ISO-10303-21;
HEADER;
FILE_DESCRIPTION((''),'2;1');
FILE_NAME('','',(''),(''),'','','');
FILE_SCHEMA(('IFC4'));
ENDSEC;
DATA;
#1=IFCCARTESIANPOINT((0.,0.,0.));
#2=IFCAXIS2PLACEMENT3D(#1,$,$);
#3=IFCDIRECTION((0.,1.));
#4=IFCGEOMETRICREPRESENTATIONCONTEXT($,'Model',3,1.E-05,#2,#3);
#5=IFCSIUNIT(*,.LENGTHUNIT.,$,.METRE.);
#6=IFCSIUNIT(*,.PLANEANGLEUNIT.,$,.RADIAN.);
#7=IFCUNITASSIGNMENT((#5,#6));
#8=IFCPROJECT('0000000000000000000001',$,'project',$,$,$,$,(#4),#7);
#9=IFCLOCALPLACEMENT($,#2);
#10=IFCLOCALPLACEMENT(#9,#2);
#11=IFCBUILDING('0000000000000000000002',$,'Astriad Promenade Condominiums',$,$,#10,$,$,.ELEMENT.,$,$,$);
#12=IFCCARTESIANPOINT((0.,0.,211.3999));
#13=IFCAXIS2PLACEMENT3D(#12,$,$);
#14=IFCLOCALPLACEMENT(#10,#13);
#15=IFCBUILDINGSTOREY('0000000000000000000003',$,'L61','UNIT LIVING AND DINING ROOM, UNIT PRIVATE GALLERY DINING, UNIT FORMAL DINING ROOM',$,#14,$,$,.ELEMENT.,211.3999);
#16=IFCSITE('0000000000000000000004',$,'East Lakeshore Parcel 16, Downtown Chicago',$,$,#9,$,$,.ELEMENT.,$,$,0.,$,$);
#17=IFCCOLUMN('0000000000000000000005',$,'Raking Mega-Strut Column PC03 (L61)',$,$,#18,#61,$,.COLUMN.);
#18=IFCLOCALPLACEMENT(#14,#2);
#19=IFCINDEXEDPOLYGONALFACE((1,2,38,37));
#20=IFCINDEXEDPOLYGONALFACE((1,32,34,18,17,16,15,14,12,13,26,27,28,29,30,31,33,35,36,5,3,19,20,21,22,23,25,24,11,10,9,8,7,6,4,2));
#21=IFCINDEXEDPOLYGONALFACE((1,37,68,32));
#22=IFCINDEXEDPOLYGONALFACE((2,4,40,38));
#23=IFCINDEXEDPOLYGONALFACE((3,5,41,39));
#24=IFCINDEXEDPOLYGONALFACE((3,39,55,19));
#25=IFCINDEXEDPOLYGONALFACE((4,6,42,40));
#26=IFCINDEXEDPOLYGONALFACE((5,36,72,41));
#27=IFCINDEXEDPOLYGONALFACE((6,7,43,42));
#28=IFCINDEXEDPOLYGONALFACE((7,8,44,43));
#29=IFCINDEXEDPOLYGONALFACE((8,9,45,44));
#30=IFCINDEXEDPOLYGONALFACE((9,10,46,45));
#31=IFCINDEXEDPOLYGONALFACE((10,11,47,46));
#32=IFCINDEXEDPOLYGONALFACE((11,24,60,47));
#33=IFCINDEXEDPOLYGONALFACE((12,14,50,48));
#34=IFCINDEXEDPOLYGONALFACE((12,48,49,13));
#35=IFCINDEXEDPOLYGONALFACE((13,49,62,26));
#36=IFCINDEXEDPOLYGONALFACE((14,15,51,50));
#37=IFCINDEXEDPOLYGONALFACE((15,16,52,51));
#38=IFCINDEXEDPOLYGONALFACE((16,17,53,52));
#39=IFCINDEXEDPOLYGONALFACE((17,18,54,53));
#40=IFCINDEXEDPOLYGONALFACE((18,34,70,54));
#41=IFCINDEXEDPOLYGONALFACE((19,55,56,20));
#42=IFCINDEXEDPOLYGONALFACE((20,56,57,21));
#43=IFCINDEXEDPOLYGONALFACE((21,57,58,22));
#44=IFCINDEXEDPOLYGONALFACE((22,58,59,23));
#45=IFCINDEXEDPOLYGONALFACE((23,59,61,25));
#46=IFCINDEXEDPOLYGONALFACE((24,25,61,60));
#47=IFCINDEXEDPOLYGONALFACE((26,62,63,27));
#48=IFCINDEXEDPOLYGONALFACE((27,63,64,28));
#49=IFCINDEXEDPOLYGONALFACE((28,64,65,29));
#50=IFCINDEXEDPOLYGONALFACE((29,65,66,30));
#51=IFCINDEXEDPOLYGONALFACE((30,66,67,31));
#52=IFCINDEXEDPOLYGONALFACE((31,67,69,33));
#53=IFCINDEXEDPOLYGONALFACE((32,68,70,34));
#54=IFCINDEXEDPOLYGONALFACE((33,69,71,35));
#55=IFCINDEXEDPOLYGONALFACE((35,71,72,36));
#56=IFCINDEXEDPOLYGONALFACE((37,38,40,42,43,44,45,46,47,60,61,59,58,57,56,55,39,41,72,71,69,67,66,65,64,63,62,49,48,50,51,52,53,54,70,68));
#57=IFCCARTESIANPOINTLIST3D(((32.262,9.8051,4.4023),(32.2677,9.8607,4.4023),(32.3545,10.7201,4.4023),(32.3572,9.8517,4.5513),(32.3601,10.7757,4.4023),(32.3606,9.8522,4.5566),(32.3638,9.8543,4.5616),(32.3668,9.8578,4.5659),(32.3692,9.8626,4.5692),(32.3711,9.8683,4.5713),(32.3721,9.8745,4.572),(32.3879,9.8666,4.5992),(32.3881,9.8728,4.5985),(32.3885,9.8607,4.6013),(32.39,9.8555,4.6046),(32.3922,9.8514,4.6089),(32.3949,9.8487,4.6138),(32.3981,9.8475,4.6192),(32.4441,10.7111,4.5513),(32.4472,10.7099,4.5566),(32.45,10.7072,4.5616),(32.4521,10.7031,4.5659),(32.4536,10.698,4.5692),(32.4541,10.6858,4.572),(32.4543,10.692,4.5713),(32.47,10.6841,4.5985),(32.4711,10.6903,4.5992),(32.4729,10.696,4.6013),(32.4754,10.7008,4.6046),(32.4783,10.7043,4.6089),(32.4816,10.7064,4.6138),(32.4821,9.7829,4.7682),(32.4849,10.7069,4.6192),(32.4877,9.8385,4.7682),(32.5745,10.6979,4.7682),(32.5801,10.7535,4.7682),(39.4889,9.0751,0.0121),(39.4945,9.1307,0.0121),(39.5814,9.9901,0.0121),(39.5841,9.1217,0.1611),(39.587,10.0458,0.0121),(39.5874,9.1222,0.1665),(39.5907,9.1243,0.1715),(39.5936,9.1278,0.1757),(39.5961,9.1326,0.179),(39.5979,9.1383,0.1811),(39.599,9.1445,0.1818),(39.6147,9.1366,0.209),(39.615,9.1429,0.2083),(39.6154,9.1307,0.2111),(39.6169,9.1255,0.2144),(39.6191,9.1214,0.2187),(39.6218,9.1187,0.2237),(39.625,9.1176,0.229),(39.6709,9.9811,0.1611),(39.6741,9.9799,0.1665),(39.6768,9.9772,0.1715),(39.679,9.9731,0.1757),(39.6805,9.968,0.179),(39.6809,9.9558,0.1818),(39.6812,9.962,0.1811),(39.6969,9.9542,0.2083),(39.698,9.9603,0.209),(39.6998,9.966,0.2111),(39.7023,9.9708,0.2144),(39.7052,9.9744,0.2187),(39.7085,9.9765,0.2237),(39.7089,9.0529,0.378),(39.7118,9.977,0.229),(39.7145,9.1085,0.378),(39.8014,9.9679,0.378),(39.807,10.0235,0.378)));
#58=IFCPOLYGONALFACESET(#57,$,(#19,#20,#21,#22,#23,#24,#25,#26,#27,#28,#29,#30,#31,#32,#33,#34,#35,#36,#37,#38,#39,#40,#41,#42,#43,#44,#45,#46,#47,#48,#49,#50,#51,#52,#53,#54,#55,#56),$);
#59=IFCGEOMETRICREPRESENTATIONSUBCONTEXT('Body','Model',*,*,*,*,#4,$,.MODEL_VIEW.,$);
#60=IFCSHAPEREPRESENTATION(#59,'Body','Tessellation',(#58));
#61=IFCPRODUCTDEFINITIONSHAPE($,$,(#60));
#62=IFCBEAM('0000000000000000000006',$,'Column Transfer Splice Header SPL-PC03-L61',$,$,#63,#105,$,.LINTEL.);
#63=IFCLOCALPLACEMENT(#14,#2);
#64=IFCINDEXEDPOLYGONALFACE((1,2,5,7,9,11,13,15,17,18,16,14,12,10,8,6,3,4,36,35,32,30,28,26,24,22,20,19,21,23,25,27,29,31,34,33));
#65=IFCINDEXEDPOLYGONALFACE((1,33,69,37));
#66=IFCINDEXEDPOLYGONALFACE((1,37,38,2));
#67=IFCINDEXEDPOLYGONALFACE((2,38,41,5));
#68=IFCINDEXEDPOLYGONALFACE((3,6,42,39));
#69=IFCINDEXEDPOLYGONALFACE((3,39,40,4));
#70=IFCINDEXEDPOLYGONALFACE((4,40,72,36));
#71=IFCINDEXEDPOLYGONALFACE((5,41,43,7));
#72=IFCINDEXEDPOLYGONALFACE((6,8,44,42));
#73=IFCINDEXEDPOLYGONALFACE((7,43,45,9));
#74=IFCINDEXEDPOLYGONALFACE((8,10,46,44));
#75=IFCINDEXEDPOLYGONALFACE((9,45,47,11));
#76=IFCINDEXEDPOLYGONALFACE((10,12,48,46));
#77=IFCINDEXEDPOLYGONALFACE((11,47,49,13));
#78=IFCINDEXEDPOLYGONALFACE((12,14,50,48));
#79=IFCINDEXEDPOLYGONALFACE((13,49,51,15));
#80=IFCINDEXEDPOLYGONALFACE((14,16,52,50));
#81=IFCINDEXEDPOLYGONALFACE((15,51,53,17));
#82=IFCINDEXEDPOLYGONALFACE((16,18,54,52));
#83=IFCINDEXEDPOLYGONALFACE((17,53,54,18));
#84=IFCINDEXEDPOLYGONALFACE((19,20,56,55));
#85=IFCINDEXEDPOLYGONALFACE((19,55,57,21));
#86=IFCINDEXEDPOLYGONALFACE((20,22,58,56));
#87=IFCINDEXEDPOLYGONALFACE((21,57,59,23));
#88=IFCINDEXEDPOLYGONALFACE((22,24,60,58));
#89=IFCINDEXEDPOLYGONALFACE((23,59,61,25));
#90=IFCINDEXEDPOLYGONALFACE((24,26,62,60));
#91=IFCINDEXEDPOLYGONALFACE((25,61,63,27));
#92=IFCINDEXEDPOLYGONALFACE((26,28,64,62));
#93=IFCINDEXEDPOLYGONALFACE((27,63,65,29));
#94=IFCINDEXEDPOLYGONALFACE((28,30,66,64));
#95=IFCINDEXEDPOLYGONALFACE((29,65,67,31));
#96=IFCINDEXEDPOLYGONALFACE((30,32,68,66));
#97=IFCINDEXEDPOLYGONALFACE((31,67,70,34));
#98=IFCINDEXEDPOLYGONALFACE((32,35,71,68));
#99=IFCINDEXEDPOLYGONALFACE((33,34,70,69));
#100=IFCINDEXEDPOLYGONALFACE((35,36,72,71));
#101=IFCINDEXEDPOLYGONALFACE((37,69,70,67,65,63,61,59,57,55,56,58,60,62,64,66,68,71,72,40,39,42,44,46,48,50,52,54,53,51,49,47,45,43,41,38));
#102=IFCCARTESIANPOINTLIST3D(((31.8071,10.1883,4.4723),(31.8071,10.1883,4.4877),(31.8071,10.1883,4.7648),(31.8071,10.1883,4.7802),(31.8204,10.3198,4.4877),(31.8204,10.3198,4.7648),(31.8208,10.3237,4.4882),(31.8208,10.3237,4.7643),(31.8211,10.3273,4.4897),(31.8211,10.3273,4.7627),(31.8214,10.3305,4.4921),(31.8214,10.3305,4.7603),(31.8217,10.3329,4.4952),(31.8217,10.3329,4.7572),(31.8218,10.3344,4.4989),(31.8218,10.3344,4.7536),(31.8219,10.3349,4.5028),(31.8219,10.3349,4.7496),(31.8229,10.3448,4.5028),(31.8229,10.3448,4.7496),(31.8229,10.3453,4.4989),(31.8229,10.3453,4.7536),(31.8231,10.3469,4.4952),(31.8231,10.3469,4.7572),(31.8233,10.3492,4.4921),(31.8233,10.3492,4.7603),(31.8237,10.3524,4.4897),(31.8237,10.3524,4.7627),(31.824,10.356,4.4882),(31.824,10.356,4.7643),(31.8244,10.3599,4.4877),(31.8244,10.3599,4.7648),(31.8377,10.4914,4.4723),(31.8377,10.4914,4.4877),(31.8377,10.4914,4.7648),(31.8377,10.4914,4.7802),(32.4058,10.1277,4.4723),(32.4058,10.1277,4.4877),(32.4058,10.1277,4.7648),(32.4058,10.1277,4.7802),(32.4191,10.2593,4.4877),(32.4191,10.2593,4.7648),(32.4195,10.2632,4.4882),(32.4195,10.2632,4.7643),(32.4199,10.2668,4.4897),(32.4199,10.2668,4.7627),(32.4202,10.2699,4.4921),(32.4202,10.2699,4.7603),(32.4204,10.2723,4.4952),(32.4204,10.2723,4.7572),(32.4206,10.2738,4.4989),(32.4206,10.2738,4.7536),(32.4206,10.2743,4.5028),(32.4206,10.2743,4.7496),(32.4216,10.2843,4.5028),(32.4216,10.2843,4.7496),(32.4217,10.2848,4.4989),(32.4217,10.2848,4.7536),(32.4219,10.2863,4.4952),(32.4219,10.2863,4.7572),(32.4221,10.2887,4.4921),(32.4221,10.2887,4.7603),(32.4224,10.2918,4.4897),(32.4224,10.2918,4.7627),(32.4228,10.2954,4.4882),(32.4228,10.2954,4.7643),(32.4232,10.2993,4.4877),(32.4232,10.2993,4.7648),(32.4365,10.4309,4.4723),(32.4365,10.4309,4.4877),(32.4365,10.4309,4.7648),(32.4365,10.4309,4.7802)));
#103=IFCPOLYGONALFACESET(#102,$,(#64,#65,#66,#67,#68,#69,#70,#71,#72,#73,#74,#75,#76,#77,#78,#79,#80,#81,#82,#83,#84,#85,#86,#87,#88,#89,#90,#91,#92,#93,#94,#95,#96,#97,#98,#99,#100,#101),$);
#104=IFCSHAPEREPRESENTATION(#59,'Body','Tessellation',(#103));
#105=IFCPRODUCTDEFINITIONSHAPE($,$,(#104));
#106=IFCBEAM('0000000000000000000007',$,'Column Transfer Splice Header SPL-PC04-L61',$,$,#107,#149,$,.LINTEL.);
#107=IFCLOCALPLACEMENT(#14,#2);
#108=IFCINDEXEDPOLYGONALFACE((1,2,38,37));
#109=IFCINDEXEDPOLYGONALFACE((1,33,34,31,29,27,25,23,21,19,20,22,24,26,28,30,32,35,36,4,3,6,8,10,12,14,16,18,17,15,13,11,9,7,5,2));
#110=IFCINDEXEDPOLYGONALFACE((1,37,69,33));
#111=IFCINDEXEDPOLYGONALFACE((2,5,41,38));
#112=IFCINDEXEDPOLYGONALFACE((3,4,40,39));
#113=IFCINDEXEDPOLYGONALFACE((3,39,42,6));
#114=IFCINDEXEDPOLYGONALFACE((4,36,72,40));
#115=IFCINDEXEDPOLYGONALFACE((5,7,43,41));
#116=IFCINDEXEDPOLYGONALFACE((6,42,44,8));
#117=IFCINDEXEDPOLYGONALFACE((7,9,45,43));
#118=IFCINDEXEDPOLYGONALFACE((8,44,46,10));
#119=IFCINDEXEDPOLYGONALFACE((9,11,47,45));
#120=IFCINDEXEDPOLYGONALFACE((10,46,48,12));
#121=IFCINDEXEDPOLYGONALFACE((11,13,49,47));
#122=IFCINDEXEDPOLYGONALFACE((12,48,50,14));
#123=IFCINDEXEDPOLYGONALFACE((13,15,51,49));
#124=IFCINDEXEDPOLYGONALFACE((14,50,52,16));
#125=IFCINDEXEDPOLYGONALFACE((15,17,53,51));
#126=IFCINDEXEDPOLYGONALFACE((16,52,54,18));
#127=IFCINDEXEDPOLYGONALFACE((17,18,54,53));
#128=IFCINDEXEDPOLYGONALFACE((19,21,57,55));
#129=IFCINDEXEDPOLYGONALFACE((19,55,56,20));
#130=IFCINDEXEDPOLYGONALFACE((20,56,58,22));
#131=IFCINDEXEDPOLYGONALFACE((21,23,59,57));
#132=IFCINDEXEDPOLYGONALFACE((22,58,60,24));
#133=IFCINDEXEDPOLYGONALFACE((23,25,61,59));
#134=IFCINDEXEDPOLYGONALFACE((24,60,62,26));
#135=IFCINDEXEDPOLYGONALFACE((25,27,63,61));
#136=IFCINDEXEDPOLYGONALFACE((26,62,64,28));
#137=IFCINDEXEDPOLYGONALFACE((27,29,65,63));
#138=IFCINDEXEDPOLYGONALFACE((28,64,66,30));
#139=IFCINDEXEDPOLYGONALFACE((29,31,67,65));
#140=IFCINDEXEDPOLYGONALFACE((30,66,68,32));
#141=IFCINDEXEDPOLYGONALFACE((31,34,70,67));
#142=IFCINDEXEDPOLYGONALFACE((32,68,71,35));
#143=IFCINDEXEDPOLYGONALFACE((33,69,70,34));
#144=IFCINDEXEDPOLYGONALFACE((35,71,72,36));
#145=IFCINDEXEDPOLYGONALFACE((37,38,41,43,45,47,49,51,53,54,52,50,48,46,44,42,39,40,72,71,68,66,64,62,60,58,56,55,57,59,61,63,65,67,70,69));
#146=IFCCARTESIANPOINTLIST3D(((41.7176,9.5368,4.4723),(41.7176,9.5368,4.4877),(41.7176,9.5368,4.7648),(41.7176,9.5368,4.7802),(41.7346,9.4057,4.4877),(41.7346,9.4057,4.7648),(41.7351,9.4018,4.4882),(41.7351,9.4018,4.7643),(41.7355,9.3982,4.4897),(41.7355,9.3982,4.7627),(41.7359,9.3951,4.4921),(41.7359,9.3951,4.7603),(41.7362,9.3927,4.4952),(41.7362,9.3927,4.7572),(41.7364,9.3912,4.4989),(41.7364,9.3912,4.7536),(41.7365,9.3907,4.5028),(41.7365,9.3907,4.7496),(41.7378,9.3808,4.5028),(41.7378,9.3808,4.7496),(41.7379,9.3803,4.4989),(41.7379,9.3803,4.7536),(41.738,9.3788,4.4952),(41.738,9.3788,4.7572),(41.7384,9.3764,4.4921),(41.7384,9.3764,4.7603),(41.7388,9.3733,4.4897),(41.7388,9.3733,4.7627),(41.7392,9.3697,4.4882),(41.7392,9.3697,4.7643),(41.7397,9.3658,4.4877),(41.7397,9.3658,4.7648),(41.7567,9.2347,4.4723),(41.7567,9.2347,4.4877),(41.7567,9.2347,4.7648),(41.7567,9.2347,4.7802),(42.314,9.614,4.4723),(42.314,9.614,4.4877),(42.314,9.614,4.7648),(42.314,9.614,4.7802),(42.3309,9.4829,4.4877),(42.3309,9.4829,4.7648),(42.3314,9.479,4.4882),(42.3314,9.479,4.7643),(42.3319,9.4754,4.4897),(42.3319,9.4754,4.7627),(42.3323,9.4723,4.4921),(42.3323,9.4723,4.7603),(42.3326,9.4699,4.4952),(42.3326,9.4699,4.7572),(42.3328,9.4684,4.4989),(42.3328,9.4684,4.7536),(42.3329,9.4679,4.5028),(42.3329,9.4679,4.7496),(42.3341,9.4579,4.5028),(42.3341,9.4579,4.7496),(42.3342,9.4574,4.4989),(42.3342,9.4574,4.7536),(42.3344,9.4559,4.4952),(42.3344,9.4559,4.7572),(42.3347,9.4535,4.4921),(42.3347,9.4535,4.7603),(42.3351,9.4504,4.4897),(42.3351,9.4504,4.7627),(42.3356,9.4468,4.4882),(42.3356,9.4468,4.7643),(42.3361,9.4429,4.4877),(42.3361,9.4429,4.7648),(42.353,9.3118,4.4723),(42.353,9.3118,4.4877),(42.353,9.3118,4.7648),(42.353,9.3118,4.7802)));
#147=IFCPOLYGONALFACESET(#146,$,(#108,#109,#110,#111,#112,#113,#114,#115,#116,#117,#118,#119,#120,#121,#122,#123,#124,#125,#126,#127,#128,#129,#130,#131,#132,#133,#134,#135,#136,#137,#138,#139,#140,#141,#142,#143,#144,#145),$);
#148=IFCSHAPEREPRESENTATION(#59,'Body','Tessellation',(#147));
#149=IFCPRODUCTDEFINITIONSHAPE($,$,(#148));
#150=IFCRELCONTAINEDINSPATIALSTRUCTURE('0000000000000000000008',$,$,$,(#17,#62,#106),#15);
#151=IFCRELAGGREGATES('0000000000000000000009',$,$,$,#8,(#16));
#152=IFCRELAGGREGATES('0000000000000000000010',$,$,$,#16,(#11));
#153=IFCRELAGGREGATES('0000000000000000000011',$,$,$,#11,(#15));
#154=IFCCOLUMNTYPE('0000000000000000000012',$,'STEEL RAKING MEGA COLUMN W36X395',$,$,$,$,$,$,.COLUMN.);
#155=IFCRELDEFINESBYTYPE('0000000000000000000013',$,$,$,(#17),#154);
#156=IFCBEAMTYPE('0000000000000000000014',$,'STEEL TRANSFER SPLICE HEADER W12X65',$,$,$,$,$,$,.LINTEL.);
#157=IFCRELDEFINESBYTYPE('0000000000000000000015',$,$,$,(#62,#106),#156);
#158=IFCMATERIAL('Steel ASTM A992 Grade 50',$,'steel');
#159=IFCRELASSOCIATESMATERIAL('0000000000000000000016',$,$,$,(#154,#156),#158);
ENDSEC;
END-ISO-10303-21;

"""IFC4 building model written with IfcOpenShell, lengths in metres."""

from ifc_helpers import new_model, si_unit, direction, frame, origin, origin_2d, place, context, subcontext, project, spatial, i_section, extrude, source, transform, mapped, material, material_profile, profile_set, type_object, type_shapes, element, save


model = new_model("IFC4")

# Units and contexts
model_context = context("Model", 3, precision=1e-05, world=origin(), true_north=direction((0.0, 1.0)))
body_context = subcontext(model_context, "Body", "Model", "MODEL_VIEW")
ifc_project = project(units=[si_unit("LENGTHUNIT", "METRE"), si_unit("PLANEANGLEUNIT", "RADIAN")], contexts=[model_context])

# Site, building, storey
site_placement = place(None, origin())
site = spatial("IfcSite", under=ifc_project, at=site_placement, Name="East Lakeshore Parcel 16, Downtown Chicago", CompositionType="ELEMENT", RefElevation=0.0)
building_placement = place(site_placement, origin())
building = spatial("IfcBuilding", under=site, at=building_placement, Name="Astriad Promenade Condominiums", CompositionType="ELEMENT")
storey_placement = place(building_placement, frame((0.0, 0.0, 211.3999)))
storey = spatial("IfcBuildingStorey", under=building, at=storey_placement, Name="L61", Description="UNIT LIVING AND DINING ROOM, UNIT PRIVATE GALLERY DINING, UNIT FORMAL DINING ROOM", CompositionType="ELEMENT", Elevation=211.3999)

# Column
ifc_material_1 = material(Name="Steel ASTM A992 Grade 50", Category="steel")
ifc_material_profile_1 = material_profile(ifc_material_1, i_section(OverallWidth=0.4275, OverallDepth=0.9756, WebThickness=0.031, FlangeThickness=0.0559, FilletRadius=0.0242, at=origin_2d()), Name="W36X395")
ifc_profile_set_1 = profile_set([ifc_material_profile_1], Name="Steel ASTM A992 Grade 50")
column_type = type_object("IfcColumnType", Name="STEEL RAKING MEGA COLUMN W36X395", PredefinedType="COLUMN", material=ifc_profile_set_1)
shared_shape_1 = source(origin(), body_context, "Body", "SweptSolid", [
    extrude(i_section(OverallWidth=0.4275, OverallDepth=0.9756, WebThickness=0.031, FlangeThickness=0.0559, FilletRadius=0.0242, at=origin_2d()), origin(), (0.0, 0.0, 1.0), 8.4873),
])
type_shapes(column_type, [shared_shape_1])
column_placement = place(storey_placement, frame((39.6479, 9.5493, 0.1951), z_axis=(-0.851493, 0.086009, 0.517264), x_axis=(0.514646, -0.051984, 0.855826)))
element("IfcColumn", 1, at=column_placement, inside=storey, type_object=column_type, Name="Raking Mega-Strut Column PC03 (L61)", PredefinedType="COLUMN", context=body_context, shape_type="MappedRepresentation", body=[
    mapped(shared_shape_1, transform((0.0, 0.0, 0.0), scale=1.0)),
])

# Beams
ifc_material_profile_2 = material_profile(ifc_material_1, i_section(OverallWidth=0.3047, OverallDepth=0.3079, WebThickness=0.01, FlangeThickness=0.0154, FilletRadius=0.0151, at=origin_2d()), Name="W12X65")
ifc_profile_set_2 = profile_set([ifc_material_profile_2], Name="Steel ASTM A992 Grade 50")
beam_type_1 = type_object("IfcBeamType", Name="STEEL TRANSFER SPLICE HEADER W12X65", PredefinedType="LINTEL", material=ifc_profile_set_2)
shared_shape_2 = source(origin(), body_context, "Body", "SweptSolid", [
    extrude(i_section(OverallWidth=0.3047, OverallDepth=0.3079, WebThickness=0.01, FlangeThickness=0.0154, FilletRadius=0.0151, at=origin_2d()), origin(), (0.0, 0.0, 1.0), 0.6018),
])
beam_1_placement = place(storey_placement, frame((32.4211, 10.2793, 4.6262), z_axis=(-0.994924, 0.100629, 0.0), x_axis=(-0.100629, -0.994924, 0.0)))
element("IfcBeam", 2, at=beam_1_placement, inside=storey, type_object=beam_type_1, Name="Column Transfer Splice Header SPL-PC03-L61", PredefinedType="LINTEL", context=body_context, shape_type="MappedRepresentation", body=[
    mapped(shared_shape_2, transform((0.0, 0.0, 0.0), scale=1.0)),
])
shared_shape_3 = source(origin(), body_context, "Body", "SweptSolid", [
    extrude(i_section(OverallWidth=0.3047, OverallDepth=0.3079, WebThickness=0.01, FlangeThickness=0.0154, FilletRadius=0.0151, at=origin_2d()), origin(), (0.0, 0.0, 1.0), 0.6013),
])
type_shapes(beam_type_1, [shared_shape_2, shared_shape_3])
beam_2_placement = place(storey_placement, frame((42.3335, 9.4629, 4.6262), z_axis=(-0.991738, -0.12828, 0.0), x_axis=(0.12828, -0.991738, 0.0)))
element("IfcBeam", 3, at=beam_2_placement, inside=storey, type_object=beam_type_1, Name="Column Transfer Splice Header SPL-PC04-L61", PredefinedType="LINTEL", context=body_context, shape_type="MappedRepresentation", body=[
    mapped(shared_shape_3, transform((0.0, 0.0, 0.0), scale=1.0)),
])

save(model, "model.ifc")
